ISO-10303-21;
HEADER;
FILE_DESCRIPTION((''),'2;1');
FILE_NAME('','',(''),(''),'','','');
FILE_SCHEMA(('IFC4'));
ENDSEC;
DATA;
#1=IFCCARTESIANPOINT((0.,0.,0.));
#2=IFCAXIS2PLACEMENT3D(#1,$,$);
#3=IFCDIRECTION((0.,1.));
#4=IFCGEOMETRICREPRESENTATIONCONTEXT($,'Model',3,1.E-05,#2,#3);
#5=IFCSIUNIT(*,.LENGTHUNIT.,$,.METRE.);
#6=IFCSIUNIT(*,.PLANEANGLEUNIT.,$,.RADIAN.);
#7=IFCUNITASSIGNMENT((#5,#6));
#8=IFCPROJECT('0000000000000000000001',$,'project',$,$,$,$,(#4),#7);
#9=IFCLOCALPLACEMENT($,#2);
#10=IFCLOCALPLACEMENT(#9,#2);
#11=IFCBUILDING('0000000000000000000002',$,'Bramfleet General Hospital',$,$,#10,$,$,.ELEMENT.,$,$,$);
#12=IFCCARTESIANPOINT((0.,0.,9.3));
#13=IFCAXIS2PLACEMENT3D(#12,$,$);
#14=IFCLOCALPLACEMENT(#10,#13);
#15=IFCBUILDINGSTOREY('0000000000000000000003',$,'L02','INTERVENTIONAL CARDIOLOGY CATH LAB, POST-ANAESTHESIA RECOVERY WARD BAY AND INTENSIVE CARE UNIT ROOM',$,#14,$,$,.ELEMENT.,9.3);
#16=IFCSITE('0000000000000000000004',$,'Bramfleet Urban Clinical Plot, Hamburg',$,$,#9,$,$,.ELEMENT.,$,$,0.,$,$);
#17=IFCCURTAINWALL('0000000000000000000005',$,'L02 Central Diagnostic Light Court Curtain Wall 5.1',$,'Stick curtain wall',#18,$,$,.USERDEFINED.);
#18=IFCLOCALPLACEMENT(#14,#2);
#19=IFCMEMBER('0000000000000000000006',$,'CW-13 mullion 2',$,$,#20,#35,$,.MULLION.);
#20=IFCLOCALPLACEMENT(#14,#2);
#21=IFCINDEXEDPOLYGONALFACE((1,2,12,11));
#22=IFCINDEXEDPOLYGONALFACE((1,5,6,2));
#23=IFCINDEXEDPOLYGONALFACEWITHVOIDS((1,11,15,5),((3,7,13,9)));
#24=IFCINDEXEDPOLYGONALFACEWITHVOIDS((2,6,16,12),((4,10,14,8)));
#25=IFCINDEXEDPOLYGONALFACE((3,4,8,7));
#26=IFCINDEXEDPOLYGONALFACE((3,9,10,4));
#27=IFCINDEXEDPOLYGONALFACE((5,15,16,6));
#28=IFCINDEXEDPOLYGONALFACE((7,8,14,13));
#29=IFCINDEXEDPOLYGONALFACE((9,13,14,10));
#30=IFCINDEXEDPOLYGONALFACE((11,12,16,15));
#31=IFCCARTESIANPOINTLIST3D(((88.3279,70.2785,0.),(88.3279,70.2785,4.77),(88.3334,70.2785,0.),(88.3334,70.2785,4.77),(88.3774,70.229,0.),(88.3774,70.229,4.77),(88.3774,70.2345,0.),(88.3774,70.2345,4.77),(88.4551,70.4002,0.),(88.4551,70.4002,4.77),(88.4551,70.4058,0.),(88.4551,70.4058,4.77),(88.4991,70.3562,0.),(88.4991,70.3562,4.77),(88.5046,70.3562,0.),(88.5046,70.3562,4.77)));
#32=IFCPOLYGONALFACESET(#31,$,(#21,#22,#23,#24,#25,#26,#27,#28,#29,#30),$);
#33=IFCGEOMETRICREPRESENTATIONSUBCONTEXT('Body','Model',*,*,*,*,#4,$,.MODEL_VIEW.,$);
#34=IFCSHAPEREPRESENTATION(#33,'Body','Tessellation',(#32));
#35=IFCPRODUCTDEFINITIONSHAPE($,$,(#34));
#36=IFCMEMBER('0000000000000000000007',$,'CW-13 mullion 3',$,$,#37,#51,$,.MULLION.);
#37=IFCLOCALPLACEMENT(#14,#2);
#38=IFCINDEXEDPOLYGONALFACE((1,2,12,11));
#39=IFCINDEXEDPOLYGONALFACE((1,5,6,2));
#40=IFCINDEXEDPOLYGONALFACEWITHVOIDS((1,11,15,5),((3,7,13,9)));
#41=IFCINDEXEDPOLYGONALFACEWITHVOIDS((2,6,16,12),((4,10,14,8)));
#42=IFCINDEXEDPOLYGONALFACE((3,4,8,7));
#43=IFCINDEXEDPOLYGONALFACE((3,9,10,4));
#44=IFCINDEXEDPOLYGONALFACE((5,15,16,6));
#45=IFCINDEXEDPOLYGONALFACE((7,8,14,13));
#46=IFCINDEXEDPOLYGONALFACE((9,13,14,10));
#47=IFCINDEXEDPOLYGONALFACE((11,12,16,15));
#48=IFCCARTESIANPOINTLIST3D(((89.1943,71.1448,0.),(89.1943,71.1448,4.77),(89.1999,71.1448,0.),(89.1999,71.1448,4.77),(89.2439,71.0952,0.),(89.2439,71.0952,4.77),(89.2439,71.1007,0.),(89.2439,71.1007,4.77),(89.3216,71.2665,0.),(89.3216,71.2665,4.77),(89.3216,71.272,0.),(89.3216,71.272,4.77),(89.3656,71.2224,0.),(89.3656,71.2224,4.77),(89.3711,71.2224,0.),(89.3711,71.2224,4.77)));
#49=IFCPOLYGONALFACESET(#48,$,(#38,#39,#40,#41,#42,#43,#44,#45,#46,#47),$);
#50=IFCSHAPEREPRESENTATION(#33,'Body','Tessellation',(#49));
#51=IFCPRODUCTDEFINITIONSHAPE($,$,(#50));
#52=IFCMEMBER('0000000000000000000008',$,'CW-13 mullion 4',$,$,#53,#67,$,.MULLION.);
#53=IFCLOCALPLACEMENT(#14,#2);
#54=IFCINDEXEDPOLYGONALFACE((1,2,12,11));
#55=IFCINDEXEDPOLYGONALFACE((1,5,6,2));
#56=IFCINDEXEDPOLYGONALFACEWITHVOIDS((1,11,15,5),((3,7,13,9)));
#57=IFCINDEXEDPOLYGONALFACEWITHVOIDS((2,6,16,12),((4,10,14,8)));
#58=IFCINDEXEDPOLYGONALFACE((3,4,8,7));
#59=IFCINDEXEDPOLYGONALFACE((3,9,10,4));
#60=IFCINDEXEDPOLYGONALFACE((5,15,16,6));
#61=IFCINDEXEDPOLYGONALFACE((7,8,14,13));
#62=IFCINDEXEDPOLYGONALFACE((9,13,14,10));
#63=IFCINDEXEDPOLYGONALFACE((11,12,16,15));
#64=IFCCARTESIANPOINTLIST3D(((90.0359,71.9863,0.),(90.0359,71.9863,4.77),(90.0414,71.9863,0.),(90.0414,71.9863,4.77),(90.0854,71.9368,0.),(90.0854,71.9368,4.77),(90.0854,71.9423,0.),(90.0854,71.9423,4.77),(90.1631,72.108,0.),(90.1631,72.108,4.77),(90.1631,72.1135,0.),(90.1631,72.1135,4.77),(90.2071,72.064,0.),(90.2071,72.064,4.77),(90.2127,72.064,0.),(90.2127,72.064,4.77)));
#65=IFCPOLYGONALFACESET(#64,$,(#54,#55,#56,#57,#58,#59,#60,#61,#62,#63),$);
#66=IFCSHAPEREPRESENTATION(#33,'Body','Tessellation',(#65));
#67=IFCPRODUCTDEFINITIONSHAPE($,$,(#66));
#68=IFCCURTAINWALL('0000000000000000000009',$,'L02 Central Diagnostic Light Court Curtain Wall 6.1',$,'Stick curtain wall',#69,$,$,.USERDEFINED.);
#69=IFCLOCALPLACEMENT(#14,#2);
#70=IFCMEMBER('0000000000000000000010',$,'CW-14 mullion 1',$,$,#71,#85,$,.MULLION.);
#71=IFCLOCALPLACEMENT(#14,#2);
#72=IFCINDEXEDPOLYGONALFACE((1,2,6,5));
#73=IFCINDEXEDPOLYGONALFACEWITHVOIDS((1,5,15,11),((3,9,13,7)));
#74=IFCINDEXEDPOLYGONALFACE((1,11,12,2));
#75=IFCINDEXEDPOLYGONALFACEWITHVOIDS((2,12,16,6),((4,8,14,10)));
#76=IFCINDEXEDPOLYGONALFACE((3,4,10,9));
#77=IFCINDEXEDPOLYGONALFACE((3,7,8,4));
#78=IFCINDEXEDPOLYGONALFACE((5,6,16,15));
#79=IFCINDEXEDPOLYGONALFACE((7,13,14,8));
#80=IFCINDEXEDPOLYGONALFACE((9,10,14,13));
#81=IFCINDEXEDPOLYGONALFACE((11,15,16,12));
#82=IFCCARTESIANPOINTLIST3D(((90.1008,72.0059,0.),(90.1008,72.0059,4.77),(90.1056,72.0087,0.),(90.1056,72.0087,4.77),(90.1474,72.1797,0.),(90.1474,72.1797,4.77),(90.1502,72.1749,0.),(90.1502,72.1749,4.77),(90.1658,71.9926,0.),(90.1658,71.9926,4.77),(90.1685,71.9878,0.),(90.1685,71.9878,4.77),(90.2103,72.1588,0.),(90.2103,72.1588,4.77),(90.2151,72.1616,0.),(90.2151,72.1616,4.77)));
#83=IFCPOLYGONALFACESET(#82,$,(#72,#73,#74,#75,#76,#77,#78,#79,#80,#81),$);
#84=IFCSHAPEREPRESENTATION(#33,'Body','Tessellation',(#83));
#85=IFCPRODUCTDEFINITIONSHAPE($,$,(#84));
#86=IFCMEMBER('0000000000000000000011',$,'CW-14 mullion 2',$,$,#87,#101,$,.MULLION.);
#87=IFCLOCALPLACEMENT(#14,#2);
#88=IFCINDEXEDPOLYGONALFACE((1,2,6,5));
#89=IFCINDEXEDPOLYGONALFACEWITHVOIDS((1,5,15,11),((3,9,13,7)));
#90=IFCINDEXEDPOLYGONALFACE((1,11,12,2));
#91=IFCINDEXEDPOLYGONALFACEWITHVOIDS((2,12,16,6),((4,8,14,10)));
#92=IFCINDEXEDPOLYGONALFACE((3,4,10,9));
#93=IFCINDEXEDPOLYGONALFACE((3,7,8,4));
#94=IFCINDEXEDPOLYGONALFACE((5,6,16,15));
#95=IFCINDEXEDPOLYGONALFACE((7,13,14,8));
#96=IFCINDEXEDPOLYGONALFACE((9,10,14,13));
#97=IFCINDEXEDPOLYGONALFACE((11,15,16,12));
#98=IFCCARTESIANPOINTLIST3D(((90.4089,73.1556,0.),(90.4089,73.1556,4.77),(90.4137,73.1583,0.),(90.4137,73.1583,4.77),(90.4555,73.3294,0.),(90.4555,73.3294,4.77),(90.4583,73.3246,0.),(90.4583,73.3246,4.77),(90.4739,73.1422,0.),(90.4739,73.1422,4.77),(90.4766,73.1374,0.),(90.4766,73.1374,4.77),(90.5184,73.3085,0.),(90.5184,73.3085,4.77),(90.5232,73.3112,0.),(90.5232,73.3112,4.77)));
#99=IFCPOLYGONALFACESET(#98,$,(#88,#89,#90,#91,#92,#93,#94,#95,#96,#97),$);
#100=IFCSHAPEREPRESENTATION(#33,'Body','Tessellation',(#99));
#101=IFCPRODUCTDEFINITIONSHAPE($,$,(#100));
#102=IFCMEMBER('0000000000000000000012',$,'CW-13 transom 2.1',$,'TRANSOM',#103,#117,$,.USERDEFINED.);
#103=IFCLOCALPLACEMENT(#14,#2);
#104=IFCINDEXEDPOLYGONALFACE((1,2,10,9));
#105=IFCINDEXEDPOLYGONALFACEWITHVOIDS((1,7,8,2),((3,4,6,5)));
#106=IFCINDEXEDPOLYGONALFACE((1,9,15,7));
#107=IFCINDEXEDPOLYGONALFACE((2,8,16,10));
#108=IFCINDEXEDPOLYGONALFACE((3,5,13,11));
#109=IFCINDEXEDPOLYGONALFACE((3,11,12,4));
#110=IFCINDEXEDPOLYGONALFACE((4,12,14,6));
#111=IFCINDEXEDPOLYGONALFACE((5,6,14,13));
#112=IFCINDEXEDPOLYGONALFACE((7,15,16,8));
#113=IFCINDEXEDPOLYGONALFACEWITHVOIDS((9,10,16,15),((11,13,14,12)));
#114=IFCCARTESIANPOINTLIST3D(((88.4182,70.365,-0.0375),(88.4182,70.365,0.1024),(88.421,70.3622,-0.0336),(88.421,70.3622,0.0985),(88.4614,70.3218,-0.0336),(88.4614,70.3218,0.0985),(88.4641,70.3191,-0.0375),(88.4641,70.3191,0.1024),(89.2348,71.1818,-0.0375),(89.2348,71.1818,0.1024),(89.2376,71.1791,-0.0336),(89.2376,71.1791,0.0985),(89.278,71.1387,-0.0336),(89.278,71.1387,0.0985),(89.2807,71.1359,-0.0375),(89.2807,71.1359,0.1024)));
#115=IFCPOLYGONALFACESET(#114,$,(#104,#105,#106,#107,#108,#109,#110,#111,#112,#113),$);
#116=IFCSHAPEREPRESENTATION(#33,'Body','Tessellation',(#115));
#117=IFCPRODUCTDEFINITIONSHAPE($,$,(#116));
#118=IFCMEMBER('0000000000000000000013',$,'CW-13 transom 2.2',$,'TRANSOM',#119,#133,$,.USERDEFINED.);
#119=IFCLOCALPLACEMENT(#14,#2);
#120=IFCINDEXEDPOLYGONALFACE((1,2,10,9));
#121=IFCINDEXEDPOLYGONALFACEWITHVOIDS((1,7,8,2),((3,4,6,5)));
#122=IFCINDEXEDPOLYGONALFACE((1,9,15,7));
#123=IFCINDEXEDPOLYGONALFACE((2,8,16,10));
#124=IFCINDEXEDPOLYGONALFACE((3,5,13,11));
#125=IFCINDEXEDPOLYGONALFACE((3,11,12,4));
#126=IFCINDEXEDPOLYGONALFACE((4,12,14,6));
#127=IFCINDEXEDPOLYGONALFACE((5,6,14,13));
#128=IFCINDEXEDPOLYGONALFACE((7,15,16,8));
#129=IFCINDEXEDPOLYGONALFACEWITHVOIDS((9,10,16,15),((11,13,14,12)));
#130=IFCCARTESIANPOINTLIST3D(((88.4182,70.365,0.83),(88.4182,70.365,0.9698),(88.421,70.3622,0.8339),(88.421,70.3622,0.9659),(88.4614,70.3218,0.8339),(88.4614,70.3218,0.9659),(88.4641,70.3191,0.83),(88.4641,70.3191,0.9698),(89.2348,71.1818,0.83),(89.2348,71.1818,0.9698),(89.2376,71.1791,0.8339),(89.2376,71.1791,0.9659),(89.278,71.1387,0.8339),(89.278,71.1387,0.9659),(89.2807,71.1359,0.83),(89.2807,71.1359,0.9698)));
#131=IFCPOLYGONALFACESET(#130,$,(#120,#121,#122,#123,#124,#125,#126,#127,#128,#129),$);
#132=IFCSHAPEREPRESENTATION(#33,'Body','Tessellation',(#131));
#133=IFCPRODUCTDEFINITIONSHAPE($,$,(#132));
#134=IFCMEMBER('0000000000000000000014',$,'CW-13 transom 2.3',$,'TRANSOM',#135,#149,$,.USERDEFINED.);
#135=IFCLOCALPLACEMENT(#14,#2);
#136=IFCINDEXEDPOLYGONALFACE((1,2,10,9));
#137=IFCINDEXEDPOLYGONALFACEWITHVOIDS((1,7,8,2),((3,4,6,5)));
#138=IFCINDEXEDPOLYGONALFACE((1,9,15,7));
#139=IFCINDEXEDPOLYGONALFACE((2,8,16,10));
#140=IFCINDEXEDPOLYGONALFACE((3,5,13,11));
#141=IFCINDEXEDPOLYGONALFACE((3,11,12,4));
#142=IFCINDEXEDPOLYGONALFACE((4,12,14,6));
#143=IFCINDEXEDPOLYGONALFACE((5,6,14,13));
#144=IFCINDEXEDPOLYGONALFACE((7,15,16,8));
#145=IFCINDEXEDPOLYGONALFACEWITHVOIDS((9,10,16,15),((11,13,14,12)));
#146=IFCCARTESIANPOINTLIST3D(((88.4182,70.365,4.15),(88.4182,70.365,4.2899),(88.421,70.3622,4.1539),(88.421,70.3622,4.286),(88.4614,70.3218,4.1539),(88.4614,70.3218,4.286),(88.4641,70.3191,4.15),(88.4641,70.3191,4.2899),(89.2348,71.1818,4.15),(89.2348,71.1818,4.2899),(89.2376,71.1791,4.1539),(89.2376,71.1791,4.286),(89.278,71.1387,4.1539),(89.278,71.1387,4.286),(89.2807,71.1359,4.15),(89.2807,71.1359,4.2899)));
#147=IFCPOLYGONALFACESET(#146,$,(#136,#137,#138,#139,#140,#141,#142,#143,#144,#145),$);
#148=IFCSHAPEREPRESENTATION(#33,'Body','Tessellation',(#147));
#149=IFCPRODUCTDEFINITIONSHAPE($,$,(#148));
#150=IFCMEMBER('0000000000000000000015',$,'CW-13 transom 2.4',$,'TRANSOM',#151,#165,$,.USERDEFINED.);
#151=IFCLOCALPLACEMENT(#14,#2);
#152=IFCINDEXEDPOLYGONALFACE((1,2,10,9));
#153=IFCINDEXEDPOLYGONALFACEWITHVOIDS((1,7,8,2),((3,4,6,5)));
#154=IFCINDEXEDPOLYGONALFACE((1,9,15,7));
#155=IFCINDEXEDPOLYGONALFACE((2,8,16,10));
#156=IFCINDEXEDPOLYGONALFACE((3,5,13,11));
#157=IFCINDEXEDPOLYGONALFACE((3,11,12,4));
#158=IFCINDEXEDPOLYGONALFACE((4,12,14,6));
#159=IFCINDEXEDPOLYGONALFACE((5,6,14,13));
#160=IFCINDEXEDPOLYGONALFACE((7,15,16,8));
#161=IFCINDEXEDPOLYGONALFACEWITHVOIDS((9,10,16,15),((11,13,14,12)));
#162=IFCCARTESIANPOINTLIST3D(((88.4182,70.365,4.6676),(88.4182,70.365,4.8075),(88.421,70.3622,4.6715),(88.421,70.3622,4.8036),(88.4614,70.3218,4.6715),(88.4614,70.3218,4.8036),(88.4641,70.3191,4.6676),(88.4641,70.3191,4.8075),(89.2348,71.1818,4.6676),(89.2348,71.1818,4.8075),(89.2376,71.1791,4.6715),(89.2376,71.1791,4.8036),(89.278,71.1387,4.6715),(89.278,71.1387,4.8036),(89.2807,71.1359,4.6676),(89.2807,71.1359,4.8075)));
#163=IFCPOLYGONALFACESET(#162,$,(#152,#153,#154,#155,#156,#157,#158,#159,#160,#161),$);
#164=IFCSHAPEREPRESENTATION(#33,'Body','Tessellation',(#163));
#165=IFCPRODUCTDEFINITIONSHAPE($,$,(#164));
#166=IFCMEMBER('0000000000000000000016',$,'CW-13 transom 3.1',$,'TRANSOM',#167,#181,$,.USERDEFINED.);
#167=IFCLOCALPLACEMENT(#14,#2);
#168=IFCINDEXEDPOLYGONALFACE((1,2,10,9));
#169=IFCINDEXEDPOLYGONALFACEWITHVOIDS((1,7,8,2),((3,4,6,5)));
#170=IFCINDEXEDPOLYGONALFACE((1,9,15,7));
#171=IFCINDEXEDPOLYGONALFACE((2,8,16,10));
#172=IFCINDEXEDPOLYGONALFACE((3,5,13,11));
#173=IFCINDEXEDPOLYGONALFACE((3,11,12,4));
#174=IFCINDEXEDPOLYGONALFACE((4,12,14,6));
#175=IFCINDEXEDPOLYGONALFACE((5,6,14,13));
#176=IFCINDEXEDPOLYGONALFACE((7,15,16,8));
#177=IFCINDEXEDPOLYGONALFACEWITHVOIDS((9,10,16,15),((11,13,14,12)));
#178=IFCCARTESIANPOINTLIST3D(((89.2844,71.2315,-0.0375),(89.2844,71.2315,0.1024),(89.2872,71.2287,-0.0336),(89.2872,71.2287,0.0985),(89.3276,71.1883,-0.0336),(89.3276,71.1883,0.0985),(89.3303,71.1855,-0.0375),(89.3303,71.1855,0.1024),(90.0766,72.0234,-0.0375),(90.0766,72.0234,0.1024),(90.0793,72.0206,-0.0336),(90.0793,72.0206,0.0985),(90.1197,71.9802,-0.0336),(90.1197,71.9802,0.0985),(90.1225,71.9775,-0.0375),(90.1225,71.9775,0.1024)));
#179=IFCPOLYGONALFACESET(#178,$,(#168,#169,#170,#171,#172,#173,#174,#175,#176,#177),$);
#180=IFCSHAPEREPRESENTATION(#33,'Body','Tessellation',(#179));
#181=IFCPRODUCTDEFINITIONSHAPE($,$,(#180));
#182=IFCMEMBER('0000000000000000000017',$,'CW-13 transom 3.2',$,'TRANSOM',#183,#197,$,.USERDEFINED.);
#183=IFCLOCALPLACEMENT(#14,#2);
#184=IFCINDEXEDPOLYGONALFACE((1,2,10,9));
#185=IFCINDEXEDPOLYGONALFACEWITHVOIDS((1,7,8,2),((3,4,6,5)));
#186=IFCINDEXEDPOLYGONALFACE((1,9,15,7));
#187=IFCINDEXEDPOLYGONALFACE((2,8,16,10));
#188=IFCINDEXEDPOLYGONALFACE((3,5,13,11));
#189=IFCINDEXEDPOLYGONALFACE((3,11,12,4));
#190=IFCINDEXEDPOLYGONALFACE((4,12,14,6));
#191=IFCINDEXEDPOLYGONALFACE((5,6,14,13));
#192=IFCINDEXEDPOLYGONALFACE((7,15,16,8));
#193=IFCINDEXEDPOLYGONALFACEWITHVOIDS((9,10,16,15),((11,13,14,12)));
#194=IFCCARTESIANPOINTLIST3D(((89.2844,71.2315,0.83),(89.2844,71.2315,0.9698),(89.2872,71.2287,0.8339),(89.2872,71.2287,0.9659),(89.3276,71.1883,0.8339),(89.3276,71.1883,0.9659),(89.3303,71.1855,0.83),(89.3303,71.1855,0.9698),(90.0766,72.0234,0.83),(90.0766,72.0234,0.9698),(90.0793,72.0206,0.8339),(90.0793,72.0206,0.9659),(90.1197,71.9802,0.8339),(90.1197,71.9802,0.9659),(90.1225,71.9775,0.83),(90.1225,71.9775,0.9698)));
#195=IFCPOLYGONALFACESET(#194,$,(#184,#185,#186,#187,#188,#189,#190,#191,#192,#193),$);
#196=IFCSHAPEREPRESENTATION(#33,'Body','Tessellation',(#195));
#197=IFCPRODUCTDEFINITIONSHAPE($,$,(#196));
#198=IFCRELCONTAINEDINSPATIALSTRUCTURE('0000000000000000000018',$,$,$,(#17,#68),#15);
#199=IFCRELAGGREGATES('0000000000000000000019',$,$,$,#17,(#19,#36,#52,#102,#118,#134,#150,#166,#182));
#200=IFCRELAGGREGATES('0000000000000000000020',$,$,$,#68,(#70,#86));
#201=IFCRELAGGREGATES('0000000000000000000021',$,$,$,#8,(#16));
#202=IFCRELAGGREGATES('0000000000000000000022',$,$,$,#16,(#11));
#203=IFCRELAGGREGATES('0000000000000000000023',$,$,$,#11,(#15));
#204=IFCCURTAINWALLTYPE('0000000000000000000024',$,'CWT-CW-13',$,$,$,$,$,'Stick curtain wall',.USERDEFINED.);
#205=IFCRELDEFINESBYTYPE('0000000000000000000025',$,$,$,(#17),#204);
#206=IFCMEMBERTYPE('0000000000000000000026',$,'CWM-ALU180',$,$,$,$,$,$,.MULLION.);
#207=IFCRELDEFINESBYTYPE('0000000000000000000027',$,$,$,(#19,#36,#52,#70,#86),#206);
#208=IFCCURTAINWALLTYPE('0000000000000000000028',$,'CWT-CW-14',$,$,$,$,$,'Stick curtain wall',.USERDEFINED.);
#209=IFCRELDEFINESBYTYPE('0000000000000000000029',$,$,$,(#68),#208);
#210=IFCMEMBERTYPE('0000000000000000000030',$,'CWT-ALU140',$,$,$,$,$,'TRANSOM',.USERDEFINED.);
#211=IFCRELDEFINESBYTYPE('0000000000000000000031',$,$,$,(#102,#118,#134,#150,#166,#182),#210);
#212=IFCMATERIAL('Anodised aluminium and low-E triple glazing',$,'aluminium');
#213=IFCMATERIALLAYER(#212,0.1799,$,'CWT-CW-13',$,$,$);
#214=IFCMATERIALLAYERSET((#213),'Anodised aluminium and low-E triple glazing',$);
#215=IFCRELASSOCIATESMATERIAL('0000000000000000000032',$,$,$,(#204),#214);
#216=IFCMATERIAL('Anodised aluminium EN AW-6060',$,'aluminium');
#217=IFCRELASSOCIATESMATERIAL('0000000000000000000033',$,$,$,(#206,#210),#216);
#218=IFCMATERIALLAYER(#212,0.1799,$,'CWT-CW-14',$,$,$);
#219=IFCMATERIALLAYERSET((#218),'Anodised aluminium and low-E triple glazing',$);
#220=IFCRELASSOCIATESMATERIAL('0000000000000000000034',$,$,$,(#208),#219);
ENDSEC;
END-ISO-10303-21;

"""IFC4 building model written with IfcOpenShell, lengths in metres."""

from ifc_helpers import new_model, si_unit, direction, frame, origin, origin_2d, place, context, subcontext, project, spatial, hollow_rectangle, extrude, material, layer, layer_set, material_profile, profile_set, type_object, element, aggregate, save


model = new_model("IFC4")

# Units and contexts
model_context = context("Model", 3, precision=1e-05, world=origin(), true_north=direction((0.0, 1.0)))
body_context = subcontext(model_context, "Body", "Model", "MODEL_VIEW")
ifc_project = project(units=[si_unit("LENGTHUNIT", "METRE"), si_unit("PLANEANGLEUNIT", "RADIAN")], contexts=[model_context])

# Site, building, storey
site_placement = place(None, origin())
site = spatial("IfcSite", under=ifc_project, at=site_placement, Name="Bramfleet Urban Clinical Plot, Hamburg", CompositionType="ELEMENT", RefElevation=0.0)
building_placement = place(site_placement, origin())
building = spatial("IfcBuilding", under=site, at=building_placement, Name="Bramfleet General Hospital", CompositionType="ELEMENT")
storey_placement = place(building_placement, frame((0.0, 0.0, 9.3)))
storey = spatial("IfcBuildingStorey", under=building, at=storey_placement, Name="L02", Description="INTERVENTIONAL CARDIOLOGY CATH LAB, POST-ANAESTHESIA RECOVERY WARD BAY AND INTENSIVE CARE UNIT ROOM", CompositionType="ELEMENT", Elevation=9.3)

# Curtain walls, members
ifc_material_1 = material(Name="Anodised aluminium and low-E triple glazing", Category="aluminium")
ifc_layer_1 = layer(ifc_material_1, 0.1799, Name="CWT-CW-13")
ifc_layer_set_1 = layer_set([ifc_layer_1], Name="Anodised aluminium and low-E triple glazing")
curtain_wall_type_1 = type_object("IfcCurtainWallType", Name="CWT-CW-13", ElementType="Stick curtain wall", PredefinedType="USERDEFINED", material=ifc_layer_set_1)
curtain_wall_1_placement = place(storey_placement, origin())
curtain_wall_1 = element("IfcCurtainWall", 1, at=curtain_wall_1_placement, inside=storey, type_object=curtain_wall_type_1, Name="L02 Central Diagnostic Light Court Curtain Wall 5.1", ObjectType="Stick curtain wall", PredefinedType="USERDEFINED")
ifc_material_2 = material(Name="Anodised aluminium EN AW-6060", Category="aluminium")
ifc_material_profile_1 = material_profile(ifc_material_2, hollow_rectangle(XDim=0.0701, YDim=0.1799, WallThickness=0.0039, at=origin_2d()), Name="ALU 180x70x4.0")
ifc_profile_set_1 = profile_set([ifc_material_profile_1], Name="Anodised aluminium EN AW-6060")
member_type_1 = type_object("IfcMemberType", Name="CWM-ALU180", PredefinedType="MULLION", material=ifc_profile_set_1)
member_1_placement = place(storey_placement, frame((88.4163, 70.3174, 0.0), z_axis=(0.0, 0.0, 1.0), x_axis=(-0.707107, 0.707107, 0.0)))
member_1 = element("IfcMember", 2, at=member_1_placement, type_object=member_type_1, Name="CW-13 mullion 2", PredefinedType="MULLION", context=body_context, shape_type="SweptSolid", body=[
    extrude(hollow_rectangle(XDim=0.0701, YDim=0.1799, WallThickness=0.0039, at=origin_2d()), origin(), (0.0, 0.0, 1.0), 4.77),
])
member_2_placement = place(storey_placement, frame((89.2827, 71.1836, 0.0), z_axis=(0.0, 0.0, 1.0), x_axis=(-0.707107, 0.707107, 0.0)))
member_2 = element("IfcMember", 3, at=member_2_placement, type_object=member_type_1, Name="CW-13 mullion 3", PredefinedType="MULLION", context=body_context, shape_type="SweptSolid", body=[
    extrude(hollow_rectangle(XDim=0.0701, YDim=0.1799, WallThickness=0.0039, at=origin_2d()), origin(), (0.0, 0.0, 1.0), 4.77),
])
member_3_placement = place(storey_placement, frame((90.1243, 72.0251, 0.0), z_axis=(0.0, 0.0, 1.0), x_axis=(-0.707107, 0.707107, 0.0)))
member_3 = element("IfcMember", 4, at=member_3_placement, type_object=member_type_1, Name="CW-13 mullion 4", PredefinedType="MULLION", context=body_context, shape_type="SweptSolid", body=[
    extrude(hollow_rectangle(XDim=0.0701, YDim=0.1799, WallThickness=0.0039, at=origin_2d()), origin(), (0.0, 0.0, 1.0), 4.77),
])
ifc_layer_2 = layer(ifc_material_1, 0.1799, Name="CWT-CW-14")
ifc_layer_set_2 = layer_set([ifc_layer_2], Name="Anodised aluminium and low-E triple glazing")
curtain_wall_type_2 = type_object("IfcCurtainWallType", Name="CWT-CW-14", ElementType="Stick curtain wall", PredefinedType="USERDEFINED", material=ifc_layer_set_2)
curtain_wall_2_placement = place(storey_placement, origin())
curtain_wall_2 = element("IfcCurtainWall", 5, at=curtain_wall_2_placement, inside=storey, type_object=curtain_wall_type_2, Name="L02 Central Diagnostic Light Court Curtain Wall 6.1", ObjectType="Stick curtain wall", PredefinedType="USERDEFINED")
member_4_placement = place(storey_placement, frame((90.158, 72.0837, 0.0), z_axis=(0.0, 0.0, 1.0), x_axis=(-0.965941, 0.258763, 0.0)))
member_4 = element("IfcMember", 6, at=member_4_placement, type_object=member_type_1, Name="CW-14 mullion 1", PredefinedType="MULLION", context=body_context, shape_type="SweptSolid", body=[
    extrude(hollow_rectangle(XDim=0.0701, YDim=0.1799, WallThickness=0.0039, at=origin_2d()), origin(), (0.0, 0.0, 1.0), 4.77),
])
member_5_placement = place(storey_placement, frame((90.4661, 73.2334, 0.0), z_axis=(0.0, 0.0, 1.0), x_axis=(-0.965941, 0.258763, 0.0)))
member_5 = element("IfcMember", 7, at=member_5_placement, type_object=member_type_1, Name="CW-14 mullion 2", PredefinedType="MULLION", context=body_context, shape_type="SweptSolid", body=[
    extrude(hollow_rectangle(XDim=0.0701, YDim=0.1799, WallThickness=0.0039, at=origin_2d()), origin(), (0.0, 0.0, 1.0), 4.77),
])

# Members
ifc_material_profile_2 = material_profile(ifc_material_2, hollow_rectangle(XDim=0.0649, YDim=0.1399, WallThickness=0.0039, at=origin_2d()), Name="ALU 140x65x4.0")
ifc_profile_set_2 = profile_set([ifc_material_profile_2], Name="Anodised aluminium EN AW-6060")
member_type_2 = type_object("IfcMemberType", Name="CWT-ALU140", ElementType="TRANSOM", PredefinedType="USERDEFINED", material=ifc_profile_set_2)
member_6_placement = place(storey_placement, frame((88.4412, 70.342, 0.0325), z_axis=(0.707001, 0.707212, 0.0), x_axis=(-0.707212, 0.707001, 0.0)))
member_6 = element("IfcMember", 8, at=member_6_placement, type_object=member_type_2, Name="CW-13 transom 2.1", ObjectType="TRANSOM", PredefinedType="USERDEFINED", context=body_context, shape_type="SweptSolid", body=[
    extrude(hollow_rectangle(XDim=0.0649, YDim=0.1399, WallThickness=0.0039, at=origin_2d()), origin(), (0.0, 0.0, 1.0), 1.155),
])
member_7_placement = place(storey_placement, frame((88.4412, 70.342, 0.8999), z_axis=(0.707001, 0.707212, 0.0), x_axis=(-0.707212, 0.707001, 0.0)))
member_7 = element("IfcMember", 9, at=member_7_placement, type_object=member_type_2, Name="CW-13 transom 2.2", ObjectType="TRANSOM", PredefinedType="USERDEFINED", context=body_context, shape_type="SweptSolid", body=[
    extrude(hollow_rectangle(XDim=0.0649, YDim=0.1399, WallThickness=0.0039, at=origin_2d()), origin(), (0.0, 0.0, 1.0), 1.155),
])
member_8_placement = place(storey_placement, frame((88.4412, 70.342, 4.22), z_axis=(0.707001, 0.707212, 0.0), x_axis=(-0.707212, 0.707001, 0.0)))
member_8 = element("IfcMember", 10, at=member_8_placement, type_object=member_type_2, Name="CW-13 transom 2.3", ObjectType="TRANSOM", PredefinedType="USERDEFINED", context=body_context, shape_type="SweptSolid", body=[
    extrude(hollow_rectangle(XDim=0.0649, YDim=0.1399, WallThickness=0.0039, at=origin_2d()), origin(), (0.0, 0.0, 1.0), 1.155),
])
member_9_placement = place(storey_placement, frame((88.4412, 70.342, 4.7375), z_axis=(0.707001, 0.707212, 0.0), x_axis=(-0.707212, 0.707001, 0.0)))
member_9 = element("IfcMember", 11, at=member_9_placement, type_object=member_type_2, Name="CW-13 transom 2.4", ObjectType="TRANSOM", PredefinedType="USERDEFINED", context=body_context, shape_type="SweptSolid", body=[
    extrude(hollow_rectangle(XDim=0.0649, YDim=0.1399, WallThickness=0.0039, at=origin_2d()), origin(), (0.0, 0.0, 1.0), 1.155),
])
member_10_placement = place(storey_placement, frame((89.3074, 71.2085, 0.0325), z_axis=(0.707216, 0.706998, 0.0), x_axis=(-0.706998, 0.707216, 0.0)))
member_10 = element("IfcMember", 12, at=member_10_placement, type_object=member_type_2, Name="CW-13 transom 3.1", ObjectType="TRANSOM", PredefinedType="USERDEFINED", context=body_context, shape_type="SweptSolid", body=[
    extrude(hollow_rectangle(XDim=0.0649, YDim=0.1399, WallThickness=0.0039, at=origin_2d()), origin(), (0.0, 0.0, 1.0), 1.1201),
])
member_11_placement = place(storey_placement, frame((89.3074, 71.2085, 0.8999), z_axis=(0.707216, 0.706998, 0.0), x_axis=(-0.706998, 0.707216, 0.0)))
member_11 = element("IfcMember", 13, at=member_11_placement, type_object=member_type_2, Name="CW-13 transom 3.2", ObjectType="TRANSOM", PredefinedType="USERDEFINED", context=body_context, shape_type="SweptSolid", body=[
    extrude(hollow_rectangle(XDim=0.0649, YDim=0.1399, WallThickness=0.0039, at=origin_2d()), origin(), (0.0, 0.0, 1.0), 1.1201),
])

aggregate(curtain_wall_1, [member_1, member_2, member_3, member_6, member_7, member_8, member_9, member_10, member_11])
aggregate(curtain_wall_2, [member_4, member_5])

save(model, "model.ifc")
